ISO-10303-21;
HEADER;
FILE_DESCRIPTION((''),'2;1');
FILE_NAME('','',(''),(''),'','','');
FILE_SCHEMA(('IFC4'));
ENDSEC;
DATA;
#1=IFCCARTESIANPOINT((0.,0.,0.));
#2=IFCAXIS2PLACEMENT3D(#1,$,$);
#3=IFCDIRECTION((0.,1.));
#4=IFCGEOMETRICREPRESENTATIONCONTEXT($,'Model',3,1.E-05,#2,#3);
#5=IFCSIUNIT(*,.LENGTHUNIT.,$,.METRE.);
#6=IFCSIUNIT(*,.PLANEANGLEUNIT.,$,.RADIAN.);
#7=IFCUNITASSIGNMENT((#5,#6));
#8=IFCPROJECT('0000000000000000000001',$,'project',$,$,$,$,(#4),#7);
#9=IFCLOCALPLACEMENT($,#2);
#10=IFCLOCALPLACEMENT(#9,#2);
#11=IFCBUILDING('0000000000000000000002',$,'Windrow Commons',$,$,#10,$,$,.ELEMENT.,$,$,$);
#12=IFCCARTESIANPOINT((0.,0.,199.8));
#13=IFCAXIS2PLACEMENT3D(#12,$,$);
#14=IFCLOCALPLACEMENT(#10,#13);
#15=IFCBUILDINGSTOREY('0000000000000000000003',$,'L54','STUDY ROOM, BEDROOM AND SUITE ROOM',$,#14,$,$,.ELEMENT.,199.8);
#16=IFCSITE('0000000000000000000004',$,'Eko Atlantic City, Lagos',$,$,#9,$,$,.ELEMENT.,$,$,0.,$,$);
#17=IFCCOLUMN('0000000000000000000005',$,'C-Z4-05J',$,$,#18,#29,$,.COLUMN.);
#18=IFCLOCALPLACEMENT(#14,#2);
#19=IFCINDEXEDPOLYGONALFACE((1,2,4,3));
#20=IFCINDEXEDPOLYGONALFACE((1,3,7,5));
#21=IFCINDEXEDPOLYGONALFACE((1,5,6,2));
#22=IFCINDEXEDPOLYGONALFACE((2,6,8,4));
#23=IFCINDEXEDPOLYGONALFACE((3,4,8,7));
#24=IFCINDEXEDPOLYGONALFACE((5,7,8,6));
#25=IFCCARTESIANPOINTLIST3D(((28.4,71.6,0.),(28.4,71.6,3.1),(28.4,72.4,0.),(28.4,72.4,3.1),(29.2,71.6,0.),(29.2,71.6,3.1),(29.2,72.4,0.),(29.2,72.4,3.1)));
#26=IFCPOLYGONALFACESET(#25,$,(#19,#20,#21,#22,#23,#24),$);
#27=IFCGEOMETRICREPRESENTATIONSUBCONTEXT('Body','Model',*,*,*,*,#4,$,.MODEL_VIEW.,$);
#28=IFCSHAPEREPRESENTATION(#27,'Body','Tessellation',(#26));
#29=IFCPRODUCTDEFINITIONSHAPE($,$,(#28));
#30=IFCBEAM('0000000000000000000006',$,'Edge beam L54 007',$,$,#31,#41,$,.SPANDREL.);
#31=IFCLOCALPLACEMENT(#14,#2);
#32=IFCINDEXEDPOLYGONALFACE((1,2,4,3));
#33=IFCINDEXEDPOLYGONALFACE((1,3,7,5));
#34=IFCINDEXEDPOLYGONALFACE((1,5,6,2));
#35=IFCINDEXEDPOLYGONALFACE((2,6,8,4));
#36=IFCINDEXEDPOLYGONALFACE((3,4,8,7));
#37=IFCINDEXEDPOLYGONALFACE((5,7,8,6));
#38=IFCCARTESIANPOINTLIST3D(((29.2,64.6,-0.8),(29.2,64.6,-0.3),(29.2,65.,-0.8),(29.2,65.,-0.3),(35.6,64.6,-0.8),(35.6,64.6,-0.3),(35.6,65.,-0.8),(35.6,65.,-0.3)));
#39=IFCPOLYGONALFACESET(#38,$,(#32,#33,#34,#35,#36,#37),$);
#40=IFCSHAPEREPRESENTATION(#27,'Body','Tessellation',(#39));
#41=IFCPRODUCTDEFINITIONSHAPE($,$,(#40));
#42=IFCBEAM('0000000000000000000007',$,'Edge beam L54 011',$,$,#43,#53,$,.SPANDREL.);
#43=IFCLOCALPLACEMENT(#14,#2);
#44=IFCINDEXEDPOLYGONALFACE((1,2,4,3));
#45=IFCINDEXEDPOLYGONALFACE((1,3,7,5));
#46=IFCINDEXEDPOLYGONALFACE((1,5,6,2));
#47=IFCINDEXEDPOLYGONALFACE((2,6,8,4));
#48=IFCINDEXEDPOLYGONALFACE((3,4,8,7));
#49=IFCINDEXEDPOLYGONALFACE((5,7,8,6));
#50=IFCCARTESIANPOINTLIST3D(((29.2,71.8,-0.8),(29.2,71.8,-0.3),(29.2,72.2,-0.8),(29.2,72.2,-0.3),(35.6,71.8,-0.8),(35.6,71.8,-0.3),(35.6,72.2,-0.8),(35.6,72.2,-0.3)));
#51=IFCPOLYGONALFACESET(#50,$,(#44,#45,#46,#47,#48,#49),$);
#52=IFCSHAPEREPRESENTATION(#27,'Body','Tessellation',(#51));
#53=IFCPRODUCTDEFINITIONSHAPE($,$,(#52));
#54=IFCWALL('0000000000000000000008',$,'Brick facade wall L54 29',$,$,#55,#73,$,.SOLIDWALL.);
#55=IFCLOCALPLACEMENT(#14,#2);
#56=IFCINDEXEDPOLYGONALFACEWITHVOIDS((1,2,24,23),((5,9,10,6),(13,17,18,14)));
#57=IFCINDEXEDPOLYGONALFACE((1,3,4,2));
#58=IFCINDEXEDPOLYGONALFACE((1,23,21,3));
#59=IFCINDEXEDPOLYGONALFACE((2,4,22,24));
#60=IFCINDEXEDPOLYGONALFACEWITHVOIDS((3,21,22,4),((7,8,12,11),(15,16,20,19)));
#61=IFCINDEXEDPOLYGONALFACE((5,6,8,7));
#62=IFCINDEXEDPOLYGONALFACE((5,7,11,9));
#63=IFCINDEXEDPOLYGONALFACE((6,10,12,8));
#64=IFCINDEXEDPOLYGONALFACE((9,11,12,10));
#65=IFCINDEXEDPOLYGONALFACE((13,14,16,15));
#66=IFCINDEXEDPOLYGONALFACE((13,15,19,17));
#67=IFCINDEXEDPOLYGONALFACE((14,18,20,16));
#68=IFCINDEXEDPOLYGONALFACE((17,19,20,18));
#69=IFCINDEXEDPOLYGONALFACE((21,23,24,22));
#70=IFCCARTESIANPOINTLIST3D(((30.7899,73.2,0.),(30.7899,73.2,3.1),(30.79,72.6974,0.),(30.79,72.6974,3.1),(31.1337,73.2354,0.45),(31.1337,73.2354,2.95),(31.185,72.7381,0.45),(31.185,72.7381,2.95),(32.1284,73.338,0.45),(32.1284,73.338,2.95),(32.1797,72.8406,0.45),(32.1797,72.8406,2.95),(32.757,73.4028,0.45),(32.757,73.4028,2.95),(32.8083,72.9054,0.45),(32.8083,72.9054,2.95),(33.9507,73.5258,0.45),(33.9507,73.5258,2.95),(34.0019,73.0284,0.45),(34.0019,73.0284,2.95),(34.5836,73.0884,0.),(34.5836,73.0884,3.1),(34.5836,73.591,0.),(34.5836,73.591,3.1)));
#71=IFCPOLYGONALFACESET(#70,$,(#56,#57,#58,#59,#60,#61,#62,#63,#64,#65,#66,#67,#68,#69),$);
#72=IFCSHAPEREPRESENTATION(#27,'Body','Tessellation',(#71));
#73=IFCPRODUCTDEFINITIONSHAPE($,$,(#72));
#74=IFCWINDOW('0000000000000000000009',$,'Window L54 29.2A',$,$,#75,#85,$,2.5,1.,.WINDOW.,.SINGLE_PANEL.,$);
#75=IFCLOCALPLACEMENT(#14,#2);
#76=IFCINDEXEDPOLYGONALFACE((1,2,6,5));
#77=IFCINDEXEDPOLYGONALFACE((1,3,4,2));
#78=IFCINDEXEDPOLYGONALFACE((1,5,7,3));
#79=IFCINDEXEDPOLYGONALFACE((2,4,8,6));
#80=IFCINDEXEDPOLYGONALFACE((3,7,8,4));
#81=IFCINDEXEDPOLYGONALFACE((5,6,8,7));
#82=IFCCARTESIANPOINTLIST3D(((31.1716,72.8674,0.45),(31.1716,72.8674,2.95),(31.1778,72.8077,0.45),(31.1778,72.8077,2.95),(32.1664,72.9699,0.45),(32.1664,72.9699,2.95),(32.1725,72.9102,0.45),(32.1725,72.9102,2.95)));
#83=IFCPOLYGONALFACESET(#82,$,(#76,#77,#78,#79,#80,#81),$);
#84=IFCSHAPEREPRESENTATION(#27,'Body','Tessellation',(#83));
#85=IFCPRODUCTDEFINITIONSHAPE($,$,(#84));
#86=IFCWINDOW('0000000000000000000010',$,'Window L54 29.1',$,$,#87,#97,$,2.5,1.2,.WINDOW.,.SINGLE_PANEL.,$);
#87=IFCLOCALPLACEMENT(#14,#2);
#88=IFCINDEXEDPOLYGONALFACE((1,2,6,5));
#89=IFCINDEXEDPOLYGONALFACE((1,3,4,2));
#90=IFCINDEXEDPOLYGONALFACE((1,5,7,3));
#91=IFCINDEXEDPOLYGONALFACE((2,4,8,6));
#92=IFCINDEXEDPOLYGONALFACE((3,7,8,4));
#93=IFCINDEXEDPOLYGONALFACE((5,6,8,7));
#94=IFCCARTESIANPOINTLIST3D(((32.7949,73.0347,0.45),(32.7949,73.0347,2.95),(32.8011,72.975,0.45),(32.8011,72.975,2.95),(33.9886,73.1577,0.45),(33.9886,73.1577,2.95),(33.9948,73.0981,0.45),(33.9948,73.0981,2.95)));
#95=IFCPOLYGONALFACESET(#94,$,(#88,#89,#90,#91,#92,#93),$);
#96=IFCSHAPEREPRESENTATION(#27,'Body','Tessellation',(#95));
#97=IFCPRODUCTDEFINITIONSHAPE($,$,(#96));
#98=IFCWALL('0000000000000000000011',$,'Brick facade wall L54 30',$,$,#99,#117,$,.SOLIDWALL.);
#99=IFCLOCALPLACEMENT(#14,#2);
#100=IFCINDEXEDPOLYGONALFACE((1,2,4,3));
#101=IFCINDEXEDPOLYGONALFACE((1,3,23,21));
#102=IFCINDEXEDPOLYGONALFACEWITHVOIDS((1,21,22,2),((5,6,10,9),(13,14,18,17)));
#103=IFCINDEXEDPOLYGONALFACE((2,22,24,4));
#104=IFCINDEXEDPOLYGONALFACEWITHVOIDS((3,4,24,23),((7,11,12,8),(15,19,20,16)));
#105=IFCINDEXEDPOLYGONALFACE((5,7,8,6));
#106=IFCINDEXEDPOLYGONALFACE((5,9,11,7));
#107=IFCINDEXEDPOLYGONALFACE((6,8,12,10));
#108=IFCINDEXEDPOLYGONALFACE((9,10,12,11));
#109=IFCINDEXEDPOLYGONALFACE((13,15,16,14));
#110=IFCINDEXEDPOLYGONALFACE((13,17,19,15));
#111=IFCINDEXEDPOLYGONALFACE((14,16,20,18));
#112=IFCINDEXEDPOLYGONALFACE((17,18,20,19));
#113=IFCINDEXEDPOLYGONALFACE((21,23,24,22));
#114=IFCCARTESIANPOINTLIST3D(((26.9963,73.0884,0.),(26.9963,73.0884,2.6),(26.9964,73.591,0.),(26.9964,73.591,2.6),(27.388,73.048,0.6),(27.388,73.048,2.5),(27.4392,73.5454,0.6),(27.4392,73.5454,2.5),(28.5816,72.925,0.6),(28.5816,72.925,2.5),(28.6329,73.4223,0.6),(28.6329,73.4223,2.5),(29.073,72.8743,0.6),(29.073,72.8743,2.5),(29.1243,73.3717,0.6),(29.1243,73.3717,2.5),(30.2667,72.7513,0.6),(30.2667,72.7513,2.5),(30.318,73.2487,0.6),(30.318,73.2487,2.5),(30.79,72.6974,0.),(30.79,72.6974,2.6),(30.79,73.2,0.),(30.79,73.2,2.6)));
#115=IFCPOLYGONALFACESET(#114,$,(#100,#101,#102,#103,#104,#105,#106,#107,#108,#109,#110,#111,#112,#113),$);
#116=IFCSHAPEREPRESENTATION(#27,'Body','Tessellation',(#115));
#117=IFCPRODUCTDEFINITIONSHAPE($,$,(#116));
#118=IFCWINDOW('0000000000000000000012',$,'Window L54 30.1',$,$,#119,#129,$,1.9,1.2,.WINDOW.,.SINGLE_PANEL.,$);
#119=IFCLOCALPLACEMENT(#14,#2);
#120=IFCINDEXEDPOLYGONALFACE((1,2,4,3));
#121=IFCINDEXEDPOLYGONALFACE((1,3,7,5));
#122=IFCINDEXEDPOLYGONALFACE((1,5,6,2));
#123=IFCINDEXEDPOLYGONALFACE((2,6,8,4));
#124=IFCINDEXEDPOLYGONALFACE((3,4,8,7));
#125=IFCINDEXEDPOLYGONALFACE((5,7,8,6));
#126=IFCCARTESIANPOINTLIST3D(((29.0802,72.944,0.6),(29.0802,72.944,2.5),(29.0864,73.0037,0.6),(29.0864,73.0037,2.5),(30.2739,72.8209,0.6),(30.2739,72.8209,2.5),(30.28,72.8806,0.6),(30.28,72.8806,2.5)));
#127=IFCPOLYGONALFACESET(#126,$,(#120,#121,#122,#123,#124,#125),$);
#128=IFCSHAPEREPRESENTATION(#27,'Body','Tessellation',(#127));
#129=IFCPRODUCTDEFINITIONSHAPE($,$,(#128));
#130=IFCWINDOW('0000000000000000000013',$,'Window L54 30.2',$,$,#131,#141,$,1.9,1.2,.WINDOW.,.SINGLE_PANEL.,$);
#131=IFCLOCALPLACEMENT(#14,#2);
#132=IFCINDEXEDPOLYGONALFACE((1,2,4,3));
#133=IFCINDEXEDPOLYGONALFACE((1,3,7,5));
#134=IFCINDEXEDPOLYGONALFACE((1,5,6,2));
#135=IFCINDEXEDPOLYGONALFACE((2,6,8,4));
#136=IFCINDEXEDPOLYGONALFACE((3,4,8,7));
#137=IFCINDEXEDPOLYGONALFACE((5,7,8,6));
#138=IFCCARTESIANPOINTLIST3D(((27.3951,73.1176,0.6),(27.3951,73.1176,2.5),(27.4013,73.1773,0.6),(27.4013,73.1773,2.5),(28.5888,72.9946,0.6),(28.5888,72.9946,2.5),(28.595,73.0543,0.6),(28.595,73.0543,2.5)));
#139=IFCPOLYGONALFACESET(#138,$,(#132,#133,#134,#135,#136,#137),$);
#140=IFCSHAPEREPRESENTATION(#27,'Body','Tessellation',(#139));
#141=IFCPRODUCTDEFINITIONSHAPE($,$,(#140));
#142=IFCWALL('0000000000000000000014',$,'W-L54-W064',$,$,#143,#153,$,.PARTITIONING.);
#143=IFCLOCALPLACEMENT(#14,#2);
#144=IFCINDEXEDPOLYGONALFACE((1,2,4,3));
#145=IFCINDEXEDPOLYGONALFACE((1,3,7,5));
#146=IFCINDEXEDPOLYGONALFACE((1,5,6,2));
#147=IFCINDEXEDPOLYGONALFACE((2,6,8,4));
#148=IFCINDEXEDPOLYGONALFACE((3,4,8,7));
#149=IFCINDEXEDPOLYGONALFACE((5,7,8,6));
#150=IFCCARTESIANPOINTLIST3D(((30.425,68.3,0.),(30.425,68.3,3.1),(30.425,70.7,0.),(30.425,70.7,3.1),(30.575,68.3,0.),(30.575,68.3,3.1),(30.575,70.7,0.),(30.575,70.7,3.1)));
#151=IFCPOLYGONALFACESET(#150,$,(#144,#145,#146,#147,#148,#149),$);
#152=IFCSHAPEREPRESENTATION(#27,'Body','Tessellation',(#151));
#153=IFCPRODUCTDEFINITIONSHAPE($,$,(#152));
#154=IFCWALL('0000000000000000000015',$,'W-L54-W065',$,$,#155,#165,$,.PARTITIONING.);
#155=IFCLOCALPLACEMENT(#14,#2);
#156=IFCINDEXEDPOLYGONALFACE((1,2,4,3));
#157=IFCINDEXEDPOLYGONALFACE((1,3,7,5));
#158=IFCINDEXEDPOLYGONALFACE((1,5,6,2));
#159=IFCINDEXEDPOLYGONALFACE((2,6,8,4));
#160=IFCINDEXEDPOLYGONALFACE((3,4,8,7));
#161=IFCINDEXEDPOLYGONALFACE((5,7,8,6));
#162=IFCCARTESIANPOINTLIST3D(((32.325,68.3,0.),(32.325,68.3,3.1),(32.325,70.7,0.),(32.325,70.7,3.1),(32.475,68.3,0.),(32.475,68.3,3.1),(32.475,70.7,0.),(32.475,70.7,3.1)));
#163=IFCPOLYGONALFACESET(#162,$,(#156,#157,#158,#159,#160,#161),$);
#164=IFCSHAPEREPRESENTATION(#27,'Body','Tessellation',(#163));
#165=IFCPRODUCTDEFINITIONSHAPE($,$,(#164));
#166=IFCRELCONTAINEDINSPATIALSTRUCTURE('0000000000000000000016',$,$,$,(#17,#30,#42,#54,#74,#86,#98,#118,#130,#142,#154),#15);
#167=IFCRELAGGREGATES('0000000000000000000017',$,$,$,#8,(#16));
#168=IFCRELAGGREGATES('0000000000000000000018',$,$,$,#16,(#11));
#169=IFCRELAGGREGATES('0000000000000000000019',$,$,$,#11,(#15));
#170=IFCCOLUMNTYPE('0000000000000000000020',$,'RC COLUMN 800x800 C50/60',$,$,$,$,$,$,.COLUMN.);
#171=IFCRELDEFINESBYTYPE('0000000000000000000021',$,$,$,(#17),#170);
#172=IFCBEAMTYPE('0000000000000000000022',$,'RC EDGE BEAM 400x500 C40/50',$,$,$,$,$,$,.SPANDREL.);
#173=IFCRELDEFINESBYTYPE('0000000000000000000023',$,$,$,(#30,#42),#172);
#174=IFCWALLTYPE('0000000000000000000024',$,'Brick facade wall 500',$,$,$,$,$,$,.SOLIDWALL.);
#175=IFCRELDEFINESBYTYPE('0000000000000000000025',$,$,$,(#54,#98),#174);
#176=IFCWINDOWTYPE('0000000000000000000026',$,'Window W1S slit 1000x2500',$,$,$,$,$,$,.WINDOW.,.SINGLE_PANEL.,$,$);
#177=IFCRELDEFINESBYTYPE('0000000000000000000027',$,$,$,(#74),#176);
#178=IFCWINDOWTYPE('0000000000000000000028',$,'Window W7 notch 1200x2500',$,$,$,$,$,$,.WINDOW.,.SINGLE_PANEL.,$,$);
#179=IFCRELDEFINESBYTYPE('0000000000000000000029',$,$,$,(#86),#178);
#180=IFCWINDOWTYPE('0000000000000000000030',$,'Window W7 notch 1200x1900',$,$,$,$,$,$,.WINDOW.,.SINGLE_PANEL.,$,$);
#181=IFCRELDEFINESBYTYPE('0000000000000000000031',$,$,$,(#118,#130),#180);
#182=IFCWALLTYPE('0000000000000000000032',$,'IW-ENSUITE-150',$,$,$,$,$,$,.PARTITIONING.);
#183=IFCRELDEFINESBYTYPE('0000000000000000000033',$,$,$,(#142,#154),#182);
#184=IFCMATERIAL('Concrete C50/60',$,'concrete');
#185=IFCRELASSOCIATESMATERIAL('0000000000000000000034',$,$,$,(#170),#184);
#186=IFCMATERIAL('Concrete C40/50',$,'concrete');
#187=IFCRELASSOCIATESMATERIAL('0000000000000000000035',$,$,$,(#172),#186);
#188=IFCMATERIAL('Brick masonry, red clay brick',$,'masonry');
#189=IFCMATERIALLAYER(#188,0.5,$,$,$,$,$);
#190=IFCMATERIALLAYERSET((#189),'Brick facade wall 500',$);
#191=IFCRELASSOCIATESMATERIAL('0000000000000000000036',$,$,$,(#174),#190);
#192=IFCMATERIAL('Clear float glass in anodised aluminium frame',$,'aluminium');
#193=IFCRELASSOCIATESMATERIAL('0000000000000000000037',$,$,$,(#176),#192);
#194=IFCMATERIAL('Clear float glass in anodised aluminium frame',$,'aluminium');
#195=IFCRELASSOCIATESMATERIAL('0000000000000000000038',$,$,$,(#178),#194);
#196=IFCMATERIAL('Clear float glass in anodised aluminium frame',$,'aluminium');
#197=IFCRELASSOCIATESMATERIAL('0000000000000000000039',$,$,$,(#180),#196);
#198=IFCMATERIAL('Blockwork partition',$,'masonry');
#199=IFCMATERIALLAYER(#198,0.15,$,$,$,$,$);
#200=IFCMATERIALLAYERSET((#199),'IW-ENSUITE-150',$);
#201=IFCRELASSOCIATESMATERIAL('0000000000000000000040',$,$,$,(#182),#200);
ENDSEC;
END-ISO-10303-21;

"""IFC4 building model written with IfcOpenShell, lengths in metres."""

from ifc_helpers import new_model, si_unit, direction, frame, frame_2d, origin, origin_2d, place, context, subcontext, project, spatial, polyline, rectangle, outline, extrude, material, layer, layer_set, material_profile, profile_set, type_object, element, fill, save


model = new_model("IFC4")

# Units and contexts
model_context = context("Model", 3, precision=1e-05, world=origin(), true_north=direction((0.0, 1.0)))
body_context = subcontext(model_context, "Body", "Model", "MODEL_VIEW")
ifc_project = project(units=[si_unit("LENGTHUNIT", "METRE"), si_unit("PLANEANGLEUNIT", "RADIAN")], contexts=[model_context])

# Site, building, storey
site_placement = place(None, origin())
site = spatial("IfcSite", under=ifc_project, at=site_placement, Name="Eko Atlantic City, Lagos", CompositionType="ELEMENT", RefElevation=0.0)
building_placement = place(site_placement, origin())
building = spatial("IfcBuilding", under=site, at=building_placement, Name="Windrow Commons", CompositionType="ELEMENT")
storey_placement = place(building_placement, frame((0.0, 0.0, 199.8)))
storey = spatial("IfcBuildingStorey", under=building, at=storey_placement, Name="L54", Description="STUDY ROOM, BEDROOM AND SUITE ROOM", CompositionType="ELEMENT", Elevation=199.8)

# Column
ifc_material_1 = material(Name="Concrete C50/60", Category="concrete")
ifc_material_profile_1 = material_profile(ifc_material_1, rectangle(XDim=0.8, YDim=0.8, at=origin_2d()))
ifc_profile_set_1 = profile_set([ifc_material_profile_1], Name="Concrete C50/60")
column_type = type_object("IfcColumnType", Name="RC COLUMN 800x800 C50/60", PredefinedType="COLUMN", material=ifc_profile_set_1)
column_placement = place(storey_placement, frame((28.8, 72.0, 0.0), z_axis=(0.0, 0.0, 1.0), x_axis=(1.0, 0.0, 0.0)))
element("IfcColumn", 1, at=column_placement, inside=storey, type_object=column_type, Name="C-Z4-05J", PredefinedType="COLUMN", context=body_context, shape_type="SweptSolid", body=[
    extrude(rectangle(XDim=0.8, YDim=0.8, at=origin_2d()), origin(), (0.0, 0.0, 1.0), 3.1),
])

# Beams
ifc_material_2 = material(Name="Concrete C40/50", Category="concrete")
ifc_material_profile_2 = material_profile(ifc_material_2, rectangle(XDim=0.4, YDim=0.5, at=origin_2d()))
ifc_profile_set_2 = profile_set([ifc_material_profile_2], Name="Concrete C40/50")
beam_type = type_object("IfcBeamType", Name="RC EDGE BEAM 400x500 C40/50", PredefinedType="SPANDREL", material=ifc_profile_set_2)
for number, where, z_axis, x_axis, name in (
    (2, (35.6, 64.8, -0.55), (-1.0, 0.0, 0.0), (0.0, -1.0, 0.0), "Edge beam L54 007"),
    (3, (29.2, 72.0, -0.55), (1.0, 0.0, 0.0), (0.0, 1.0, 0.0), "Edge beam L54 011"),
):
    element("IfcBeam", number, at=place(storey_placement, frame(where, z_axis=z_axis, x_axis=x_axis)), inside=storey, type_object=beam_type, Name=name, PredefinedType="SPANDREL", context=body_context, shape_type="SweptSolid", body=[
        extrude(rectangle(XDim=0.4, YDim=0.5, at=origin_2d()), origin(), (0.0, 0.0, 1.0), 6.4),
    ])

# Walls, openings, windows
ifc_material_3 = material(Name="Brick masonry, red clay brick", Category="masonry")
ifc_layer_1 = layer(ifc_material_3, 0.5)
ifc_layer_set_1 = layer_set([ifc_layer_1], Name="Brick facade wall 500")
wall_type_1 = type_object("IfcWallType", Name="Brick facade wall 500", PredefinedType="SOLIDWALL", material=ifc_layer_set_1)
wall_1_placement = place(storey_placement, frame((34.5836, 73.3397, 0.0), z_axis=(0.0, 0.0, 1.0), x_axis=(-0.99473, -0.102525, 0.0)))
wall_1 = element("IfcWall", 4, at=wall_1_placement, inside=storey, type_object=wall_type_1, Name="Brick facade wall L54 29", PredefinedType="SOLIDWALL", context=body_context, shape_type="SweptSolid", body=[
    extrude(outline(polyline([(-0.0258, -0.25), (3.788, -0.25), (3.8395, 0.25), (0.0258, 0.25), (-0.0258, -0.25)])), origin(), (0.0, 0.0, 1.0), 3.1),
])
opening_1_placement = place(wall_1_placement, frame((0.6105, 0.0, 0.45)))
opening_1 = element("IfcOpeningElement", 5, at=opening_1_placement, cuts=wall_1, PredefinedType="OPENING", context=body_context, shape_type="SweptSolid", body=[
    extrude(rectangle(XDim=1.2, YDim=2.5, at=frame_2d((0.6, 1.25))), frame((0.0, 0.26, 0.0), z_axis=(0.0, -1.0, 0.0), x_axis=(1.0, 0.0, 0.0)), (0.0, 0.0, 1.0), 0.52),
])
opening_2_placement = place(wall_1_placement, frame((2.4424, 0.0, 0.45)))
opening_2 = element("IfcOpeningElement", 6, at=opening_2_placement, cuts=wall_1, PredefinedType="OPENING", context=body_context, shape_type="SweptSolid", body=[
    extrude(rectangle(XDim=1.0, YDim=2.5, at=frame_2d((0.5, 1.25))), frame((0.0, 0.26, 0.0), z_axis=(0.0, -1.0, 0.0), x_axis=(1.0, 0.0, 0.0)), (0.0, 0.0, 1.0), 0.52),
])
ifc_material_4 = material(Name="Clear float glass in anodised aluminium frame", Category="aluminium")
window_type_1 = type_object("IfcWindowType", Name="Window W1S slit 1000x2500", PartitioningType="SINGLE_PANEL", PredefinedType="WINDOW", material=ifc_material_4)
window_1_placement = place(opening_2_placement, origin())
window_1 = element("IfcWindow", 7, at=window_1_placement, inside=storey, type_object=window_type_1, Name="Window L54 29.2A", OverallHeight=2.5, OverallWidth=1.0, PartitioningType="SINGLE_PANEL", PredefinedType="WINDOW", context=body_context, shape_type="SweptSolid", body=[
    extrude(rectangle(XDim=1.0, YDim=2.5, at=frame_2d((0.5, 1.25))), frame((0.0, 0.18, 0.0), z_axis=(0.0, -1.0, 0.0), x_axis=(1.0, 0.0, 0.0)), (0.0, 0.0, 1.0), 0.06),
])
fill(opening_2, window_1)
ifc_material_5 = material(Name="Clear float glass in anodised aluminium frame", Category="aluminium")
window_type_2 = type_object("IfcWindowType", Name="Window W7 notch 1200x2500", PartitioningType="SINGLE_PANEL", PredefinedType="WINDOW", material=ifc_material_5)
window_2_placement = place(opening_1_placement, origin())
window_2 = element("IfcWindow", 8, at=window_2_placement, inside=storey, type_object=window_type_2, Name="Window L54 29.1", OverallHeight=2.5, OverallWidth=1.2, PartitioningType="SINGLE_PANEL", PredefinedType="WINDOW", context=body_context, shape_type="SweptSolid", body=[
    extrude(rectangle(XDim=1.2, YDim=2.5, at=frame_2d((0.6, 1.25))), frame((0.0, 0.18, 0.0), z_axis=(0.0, -1.0, 0.0), x_axis=(1.0, 0.0, 0.0)), (0.0, 0.0, 1.0), 0.06),
])
fill(opening_1, window_2)
wall_2_placement = place(storey_placement, frame((30.79, 72.9487, 0.0), z_axis=(0.0, 0.0, 1.0), x_axis=(-0.994731, 0.102523, 0.0)))
wall_2 = element("IfcWall", 9, at=wall_2_placement, inside=storey, type_object=wall_type_1, Name="Brick facade wall L54 30", PredefinedType="SOLIDWALL", context=body_context, shape_type="SweptSolid", body=[
    extrude(outline(polyline([(0.0258, -0.25), (3.8395, -0.25), (3.788, 0.25), (-0.0258, 0.25), (0.0258, -0.25)])), origin(), (0.0, 0.0, 1.0), 2.6),
])
opening_3_placement = place(wall_2_placement, frame((0.5003, 0.0, 0.6)))
opening_3 = element("IfcOpeningElement", 10, at=opening_3_placement, cuts=wall_2, PredefinedType="OPENING", context=body_context, shape_type="SweptSolid", body=[
    extrude(rectangle(XDim=1.2, YDim=1.9, at=frame_2d((0.6, 0.95))), frame((0.0, 0.26, 0.0), z_axis=(0.0, -1.0, 0.0), x_axis=(1.0, 0.0, 0.0)), (0.0, 0.0, 1.0), 0.52),
])
opening_4_placement = place(wall_2_placement, frame((2.1943, 0.0, 0.6)))
opening_4 = element("IfcOpeningElement", 11, at=opening_4_placement, cuts=wall_2, PredefinedType="OPENING", context=body_context, shape_type="SweptSolid", body=[
    extrude(rectangle(XDim=1.2, YDim=1.9, at=frame_2d((0.6, 0.95))), frame((0.0, 0.26, 0.0), z_axis=(0.0, -1.0, 0.0), x_axis=(1.0, 0.0, 0.0)), (0.0, 0.0, 1.0), 0.52),
])
ifc_material_6 = material(Name="Clear float glass in anodised aluminium frame", Category="aluminium")
window_type_3 = type_object("IfcWindowType", Name="Window W7 notch 1200x1900", PartitioningType="SINGLE_PANEL", PredefinedType="WINDOW", material=ifc_material_6)
window_3_placement = place(opening_3_placement, origin())
window_3 = element("IfcWindow", 12, at=window_3_placement, inside=storey, type_object=window_type_3, Name="Window L54 30.1", OverallHeight=1.9, OverallWidth=1.2, PartitioningType="SINGLE_PANEL", PredefinedType="WINDOW", context=body_context, shape_type="SweptSolid", body=[
    extrude(rectangle(XDim=1.2, YDim=1.9, at=frame_2d((0.6, 0.95))), frame((0.0, 0.18, 0.0), z_axis=(0.0, -1.0, 0.0), x_axis=(1.0, 0.0, 0.0)), (0.0, 0.0, 1.0), 0.06),
])
fill(opening_3, window_3)
window_4_placement = place(opening_4_placement, origin())
window_4 = element("IfcWindow", 13, at=window_4_placement, inside=storey, type_object=window_type_3, Name="Window L54 30.2", OverallHeight=1.9, OverallWidth=1.2, PartitioningType="SINGLE_PANEL", PredefinedType="WINDOW", context=body_context, shape_type="SweptSolid", body=[
    extrude(rectangle(XDim=1.2, YDim=1.9, at=frame_2d((0.6, 0.95))), frame((0.0, 0.18, 0.0), z_axis=(0.0, -1.0, 0.0), x_axis=(1.0, 0.0, 0.0)), (0.0, 0.0, 1.0), 0.06),
])
fill(opening_4, window_4)

# Walls
ifc_material_7 = material(Name="Blockwork partition", Category="masonry")
ifc_layer_2 = layer(ifc_material_7, 0.15)
ifc_layer_set_2 = layer_set([ifc_layer_2], Name="IW-ENSUITE-150")
wall_type_2 = type_object("IfcWallType", Name="IW-ENSUITE-150", PredefinedType="PARTITIONING", material=ifc_layer_set_2)
for number, where, z_axis, x_axis, name in (
    (14, (30.5, 68.3, 0.0), (0.0, 0.0, 1.0), (0.0, 1.0, 0.0), "W-L54-W064"),
    (15, (32.4, 68.3, 0.0), (0.0, 0.0, 1.0), (0.0, 1.0, 0.0), "W-L54-W065"),
):
    element("IfcWall", number, at=place(storey_placement, frame(where, z_axis=z_axis, x_axis=x_axis)), inside=storey, type_object=wall_type_2, Name=name, PredefinedType="PARTITIONING", context=body_context, shape_type="SweptSolid", body=[
        extrude(rectangle(XDim=2.4, YDim=0.15, at=frame_2d((1.2, 0.0))), origin(), (0.0, 0.0, 1.0), 3.1),
    ])

save(model, "model.ifc")
